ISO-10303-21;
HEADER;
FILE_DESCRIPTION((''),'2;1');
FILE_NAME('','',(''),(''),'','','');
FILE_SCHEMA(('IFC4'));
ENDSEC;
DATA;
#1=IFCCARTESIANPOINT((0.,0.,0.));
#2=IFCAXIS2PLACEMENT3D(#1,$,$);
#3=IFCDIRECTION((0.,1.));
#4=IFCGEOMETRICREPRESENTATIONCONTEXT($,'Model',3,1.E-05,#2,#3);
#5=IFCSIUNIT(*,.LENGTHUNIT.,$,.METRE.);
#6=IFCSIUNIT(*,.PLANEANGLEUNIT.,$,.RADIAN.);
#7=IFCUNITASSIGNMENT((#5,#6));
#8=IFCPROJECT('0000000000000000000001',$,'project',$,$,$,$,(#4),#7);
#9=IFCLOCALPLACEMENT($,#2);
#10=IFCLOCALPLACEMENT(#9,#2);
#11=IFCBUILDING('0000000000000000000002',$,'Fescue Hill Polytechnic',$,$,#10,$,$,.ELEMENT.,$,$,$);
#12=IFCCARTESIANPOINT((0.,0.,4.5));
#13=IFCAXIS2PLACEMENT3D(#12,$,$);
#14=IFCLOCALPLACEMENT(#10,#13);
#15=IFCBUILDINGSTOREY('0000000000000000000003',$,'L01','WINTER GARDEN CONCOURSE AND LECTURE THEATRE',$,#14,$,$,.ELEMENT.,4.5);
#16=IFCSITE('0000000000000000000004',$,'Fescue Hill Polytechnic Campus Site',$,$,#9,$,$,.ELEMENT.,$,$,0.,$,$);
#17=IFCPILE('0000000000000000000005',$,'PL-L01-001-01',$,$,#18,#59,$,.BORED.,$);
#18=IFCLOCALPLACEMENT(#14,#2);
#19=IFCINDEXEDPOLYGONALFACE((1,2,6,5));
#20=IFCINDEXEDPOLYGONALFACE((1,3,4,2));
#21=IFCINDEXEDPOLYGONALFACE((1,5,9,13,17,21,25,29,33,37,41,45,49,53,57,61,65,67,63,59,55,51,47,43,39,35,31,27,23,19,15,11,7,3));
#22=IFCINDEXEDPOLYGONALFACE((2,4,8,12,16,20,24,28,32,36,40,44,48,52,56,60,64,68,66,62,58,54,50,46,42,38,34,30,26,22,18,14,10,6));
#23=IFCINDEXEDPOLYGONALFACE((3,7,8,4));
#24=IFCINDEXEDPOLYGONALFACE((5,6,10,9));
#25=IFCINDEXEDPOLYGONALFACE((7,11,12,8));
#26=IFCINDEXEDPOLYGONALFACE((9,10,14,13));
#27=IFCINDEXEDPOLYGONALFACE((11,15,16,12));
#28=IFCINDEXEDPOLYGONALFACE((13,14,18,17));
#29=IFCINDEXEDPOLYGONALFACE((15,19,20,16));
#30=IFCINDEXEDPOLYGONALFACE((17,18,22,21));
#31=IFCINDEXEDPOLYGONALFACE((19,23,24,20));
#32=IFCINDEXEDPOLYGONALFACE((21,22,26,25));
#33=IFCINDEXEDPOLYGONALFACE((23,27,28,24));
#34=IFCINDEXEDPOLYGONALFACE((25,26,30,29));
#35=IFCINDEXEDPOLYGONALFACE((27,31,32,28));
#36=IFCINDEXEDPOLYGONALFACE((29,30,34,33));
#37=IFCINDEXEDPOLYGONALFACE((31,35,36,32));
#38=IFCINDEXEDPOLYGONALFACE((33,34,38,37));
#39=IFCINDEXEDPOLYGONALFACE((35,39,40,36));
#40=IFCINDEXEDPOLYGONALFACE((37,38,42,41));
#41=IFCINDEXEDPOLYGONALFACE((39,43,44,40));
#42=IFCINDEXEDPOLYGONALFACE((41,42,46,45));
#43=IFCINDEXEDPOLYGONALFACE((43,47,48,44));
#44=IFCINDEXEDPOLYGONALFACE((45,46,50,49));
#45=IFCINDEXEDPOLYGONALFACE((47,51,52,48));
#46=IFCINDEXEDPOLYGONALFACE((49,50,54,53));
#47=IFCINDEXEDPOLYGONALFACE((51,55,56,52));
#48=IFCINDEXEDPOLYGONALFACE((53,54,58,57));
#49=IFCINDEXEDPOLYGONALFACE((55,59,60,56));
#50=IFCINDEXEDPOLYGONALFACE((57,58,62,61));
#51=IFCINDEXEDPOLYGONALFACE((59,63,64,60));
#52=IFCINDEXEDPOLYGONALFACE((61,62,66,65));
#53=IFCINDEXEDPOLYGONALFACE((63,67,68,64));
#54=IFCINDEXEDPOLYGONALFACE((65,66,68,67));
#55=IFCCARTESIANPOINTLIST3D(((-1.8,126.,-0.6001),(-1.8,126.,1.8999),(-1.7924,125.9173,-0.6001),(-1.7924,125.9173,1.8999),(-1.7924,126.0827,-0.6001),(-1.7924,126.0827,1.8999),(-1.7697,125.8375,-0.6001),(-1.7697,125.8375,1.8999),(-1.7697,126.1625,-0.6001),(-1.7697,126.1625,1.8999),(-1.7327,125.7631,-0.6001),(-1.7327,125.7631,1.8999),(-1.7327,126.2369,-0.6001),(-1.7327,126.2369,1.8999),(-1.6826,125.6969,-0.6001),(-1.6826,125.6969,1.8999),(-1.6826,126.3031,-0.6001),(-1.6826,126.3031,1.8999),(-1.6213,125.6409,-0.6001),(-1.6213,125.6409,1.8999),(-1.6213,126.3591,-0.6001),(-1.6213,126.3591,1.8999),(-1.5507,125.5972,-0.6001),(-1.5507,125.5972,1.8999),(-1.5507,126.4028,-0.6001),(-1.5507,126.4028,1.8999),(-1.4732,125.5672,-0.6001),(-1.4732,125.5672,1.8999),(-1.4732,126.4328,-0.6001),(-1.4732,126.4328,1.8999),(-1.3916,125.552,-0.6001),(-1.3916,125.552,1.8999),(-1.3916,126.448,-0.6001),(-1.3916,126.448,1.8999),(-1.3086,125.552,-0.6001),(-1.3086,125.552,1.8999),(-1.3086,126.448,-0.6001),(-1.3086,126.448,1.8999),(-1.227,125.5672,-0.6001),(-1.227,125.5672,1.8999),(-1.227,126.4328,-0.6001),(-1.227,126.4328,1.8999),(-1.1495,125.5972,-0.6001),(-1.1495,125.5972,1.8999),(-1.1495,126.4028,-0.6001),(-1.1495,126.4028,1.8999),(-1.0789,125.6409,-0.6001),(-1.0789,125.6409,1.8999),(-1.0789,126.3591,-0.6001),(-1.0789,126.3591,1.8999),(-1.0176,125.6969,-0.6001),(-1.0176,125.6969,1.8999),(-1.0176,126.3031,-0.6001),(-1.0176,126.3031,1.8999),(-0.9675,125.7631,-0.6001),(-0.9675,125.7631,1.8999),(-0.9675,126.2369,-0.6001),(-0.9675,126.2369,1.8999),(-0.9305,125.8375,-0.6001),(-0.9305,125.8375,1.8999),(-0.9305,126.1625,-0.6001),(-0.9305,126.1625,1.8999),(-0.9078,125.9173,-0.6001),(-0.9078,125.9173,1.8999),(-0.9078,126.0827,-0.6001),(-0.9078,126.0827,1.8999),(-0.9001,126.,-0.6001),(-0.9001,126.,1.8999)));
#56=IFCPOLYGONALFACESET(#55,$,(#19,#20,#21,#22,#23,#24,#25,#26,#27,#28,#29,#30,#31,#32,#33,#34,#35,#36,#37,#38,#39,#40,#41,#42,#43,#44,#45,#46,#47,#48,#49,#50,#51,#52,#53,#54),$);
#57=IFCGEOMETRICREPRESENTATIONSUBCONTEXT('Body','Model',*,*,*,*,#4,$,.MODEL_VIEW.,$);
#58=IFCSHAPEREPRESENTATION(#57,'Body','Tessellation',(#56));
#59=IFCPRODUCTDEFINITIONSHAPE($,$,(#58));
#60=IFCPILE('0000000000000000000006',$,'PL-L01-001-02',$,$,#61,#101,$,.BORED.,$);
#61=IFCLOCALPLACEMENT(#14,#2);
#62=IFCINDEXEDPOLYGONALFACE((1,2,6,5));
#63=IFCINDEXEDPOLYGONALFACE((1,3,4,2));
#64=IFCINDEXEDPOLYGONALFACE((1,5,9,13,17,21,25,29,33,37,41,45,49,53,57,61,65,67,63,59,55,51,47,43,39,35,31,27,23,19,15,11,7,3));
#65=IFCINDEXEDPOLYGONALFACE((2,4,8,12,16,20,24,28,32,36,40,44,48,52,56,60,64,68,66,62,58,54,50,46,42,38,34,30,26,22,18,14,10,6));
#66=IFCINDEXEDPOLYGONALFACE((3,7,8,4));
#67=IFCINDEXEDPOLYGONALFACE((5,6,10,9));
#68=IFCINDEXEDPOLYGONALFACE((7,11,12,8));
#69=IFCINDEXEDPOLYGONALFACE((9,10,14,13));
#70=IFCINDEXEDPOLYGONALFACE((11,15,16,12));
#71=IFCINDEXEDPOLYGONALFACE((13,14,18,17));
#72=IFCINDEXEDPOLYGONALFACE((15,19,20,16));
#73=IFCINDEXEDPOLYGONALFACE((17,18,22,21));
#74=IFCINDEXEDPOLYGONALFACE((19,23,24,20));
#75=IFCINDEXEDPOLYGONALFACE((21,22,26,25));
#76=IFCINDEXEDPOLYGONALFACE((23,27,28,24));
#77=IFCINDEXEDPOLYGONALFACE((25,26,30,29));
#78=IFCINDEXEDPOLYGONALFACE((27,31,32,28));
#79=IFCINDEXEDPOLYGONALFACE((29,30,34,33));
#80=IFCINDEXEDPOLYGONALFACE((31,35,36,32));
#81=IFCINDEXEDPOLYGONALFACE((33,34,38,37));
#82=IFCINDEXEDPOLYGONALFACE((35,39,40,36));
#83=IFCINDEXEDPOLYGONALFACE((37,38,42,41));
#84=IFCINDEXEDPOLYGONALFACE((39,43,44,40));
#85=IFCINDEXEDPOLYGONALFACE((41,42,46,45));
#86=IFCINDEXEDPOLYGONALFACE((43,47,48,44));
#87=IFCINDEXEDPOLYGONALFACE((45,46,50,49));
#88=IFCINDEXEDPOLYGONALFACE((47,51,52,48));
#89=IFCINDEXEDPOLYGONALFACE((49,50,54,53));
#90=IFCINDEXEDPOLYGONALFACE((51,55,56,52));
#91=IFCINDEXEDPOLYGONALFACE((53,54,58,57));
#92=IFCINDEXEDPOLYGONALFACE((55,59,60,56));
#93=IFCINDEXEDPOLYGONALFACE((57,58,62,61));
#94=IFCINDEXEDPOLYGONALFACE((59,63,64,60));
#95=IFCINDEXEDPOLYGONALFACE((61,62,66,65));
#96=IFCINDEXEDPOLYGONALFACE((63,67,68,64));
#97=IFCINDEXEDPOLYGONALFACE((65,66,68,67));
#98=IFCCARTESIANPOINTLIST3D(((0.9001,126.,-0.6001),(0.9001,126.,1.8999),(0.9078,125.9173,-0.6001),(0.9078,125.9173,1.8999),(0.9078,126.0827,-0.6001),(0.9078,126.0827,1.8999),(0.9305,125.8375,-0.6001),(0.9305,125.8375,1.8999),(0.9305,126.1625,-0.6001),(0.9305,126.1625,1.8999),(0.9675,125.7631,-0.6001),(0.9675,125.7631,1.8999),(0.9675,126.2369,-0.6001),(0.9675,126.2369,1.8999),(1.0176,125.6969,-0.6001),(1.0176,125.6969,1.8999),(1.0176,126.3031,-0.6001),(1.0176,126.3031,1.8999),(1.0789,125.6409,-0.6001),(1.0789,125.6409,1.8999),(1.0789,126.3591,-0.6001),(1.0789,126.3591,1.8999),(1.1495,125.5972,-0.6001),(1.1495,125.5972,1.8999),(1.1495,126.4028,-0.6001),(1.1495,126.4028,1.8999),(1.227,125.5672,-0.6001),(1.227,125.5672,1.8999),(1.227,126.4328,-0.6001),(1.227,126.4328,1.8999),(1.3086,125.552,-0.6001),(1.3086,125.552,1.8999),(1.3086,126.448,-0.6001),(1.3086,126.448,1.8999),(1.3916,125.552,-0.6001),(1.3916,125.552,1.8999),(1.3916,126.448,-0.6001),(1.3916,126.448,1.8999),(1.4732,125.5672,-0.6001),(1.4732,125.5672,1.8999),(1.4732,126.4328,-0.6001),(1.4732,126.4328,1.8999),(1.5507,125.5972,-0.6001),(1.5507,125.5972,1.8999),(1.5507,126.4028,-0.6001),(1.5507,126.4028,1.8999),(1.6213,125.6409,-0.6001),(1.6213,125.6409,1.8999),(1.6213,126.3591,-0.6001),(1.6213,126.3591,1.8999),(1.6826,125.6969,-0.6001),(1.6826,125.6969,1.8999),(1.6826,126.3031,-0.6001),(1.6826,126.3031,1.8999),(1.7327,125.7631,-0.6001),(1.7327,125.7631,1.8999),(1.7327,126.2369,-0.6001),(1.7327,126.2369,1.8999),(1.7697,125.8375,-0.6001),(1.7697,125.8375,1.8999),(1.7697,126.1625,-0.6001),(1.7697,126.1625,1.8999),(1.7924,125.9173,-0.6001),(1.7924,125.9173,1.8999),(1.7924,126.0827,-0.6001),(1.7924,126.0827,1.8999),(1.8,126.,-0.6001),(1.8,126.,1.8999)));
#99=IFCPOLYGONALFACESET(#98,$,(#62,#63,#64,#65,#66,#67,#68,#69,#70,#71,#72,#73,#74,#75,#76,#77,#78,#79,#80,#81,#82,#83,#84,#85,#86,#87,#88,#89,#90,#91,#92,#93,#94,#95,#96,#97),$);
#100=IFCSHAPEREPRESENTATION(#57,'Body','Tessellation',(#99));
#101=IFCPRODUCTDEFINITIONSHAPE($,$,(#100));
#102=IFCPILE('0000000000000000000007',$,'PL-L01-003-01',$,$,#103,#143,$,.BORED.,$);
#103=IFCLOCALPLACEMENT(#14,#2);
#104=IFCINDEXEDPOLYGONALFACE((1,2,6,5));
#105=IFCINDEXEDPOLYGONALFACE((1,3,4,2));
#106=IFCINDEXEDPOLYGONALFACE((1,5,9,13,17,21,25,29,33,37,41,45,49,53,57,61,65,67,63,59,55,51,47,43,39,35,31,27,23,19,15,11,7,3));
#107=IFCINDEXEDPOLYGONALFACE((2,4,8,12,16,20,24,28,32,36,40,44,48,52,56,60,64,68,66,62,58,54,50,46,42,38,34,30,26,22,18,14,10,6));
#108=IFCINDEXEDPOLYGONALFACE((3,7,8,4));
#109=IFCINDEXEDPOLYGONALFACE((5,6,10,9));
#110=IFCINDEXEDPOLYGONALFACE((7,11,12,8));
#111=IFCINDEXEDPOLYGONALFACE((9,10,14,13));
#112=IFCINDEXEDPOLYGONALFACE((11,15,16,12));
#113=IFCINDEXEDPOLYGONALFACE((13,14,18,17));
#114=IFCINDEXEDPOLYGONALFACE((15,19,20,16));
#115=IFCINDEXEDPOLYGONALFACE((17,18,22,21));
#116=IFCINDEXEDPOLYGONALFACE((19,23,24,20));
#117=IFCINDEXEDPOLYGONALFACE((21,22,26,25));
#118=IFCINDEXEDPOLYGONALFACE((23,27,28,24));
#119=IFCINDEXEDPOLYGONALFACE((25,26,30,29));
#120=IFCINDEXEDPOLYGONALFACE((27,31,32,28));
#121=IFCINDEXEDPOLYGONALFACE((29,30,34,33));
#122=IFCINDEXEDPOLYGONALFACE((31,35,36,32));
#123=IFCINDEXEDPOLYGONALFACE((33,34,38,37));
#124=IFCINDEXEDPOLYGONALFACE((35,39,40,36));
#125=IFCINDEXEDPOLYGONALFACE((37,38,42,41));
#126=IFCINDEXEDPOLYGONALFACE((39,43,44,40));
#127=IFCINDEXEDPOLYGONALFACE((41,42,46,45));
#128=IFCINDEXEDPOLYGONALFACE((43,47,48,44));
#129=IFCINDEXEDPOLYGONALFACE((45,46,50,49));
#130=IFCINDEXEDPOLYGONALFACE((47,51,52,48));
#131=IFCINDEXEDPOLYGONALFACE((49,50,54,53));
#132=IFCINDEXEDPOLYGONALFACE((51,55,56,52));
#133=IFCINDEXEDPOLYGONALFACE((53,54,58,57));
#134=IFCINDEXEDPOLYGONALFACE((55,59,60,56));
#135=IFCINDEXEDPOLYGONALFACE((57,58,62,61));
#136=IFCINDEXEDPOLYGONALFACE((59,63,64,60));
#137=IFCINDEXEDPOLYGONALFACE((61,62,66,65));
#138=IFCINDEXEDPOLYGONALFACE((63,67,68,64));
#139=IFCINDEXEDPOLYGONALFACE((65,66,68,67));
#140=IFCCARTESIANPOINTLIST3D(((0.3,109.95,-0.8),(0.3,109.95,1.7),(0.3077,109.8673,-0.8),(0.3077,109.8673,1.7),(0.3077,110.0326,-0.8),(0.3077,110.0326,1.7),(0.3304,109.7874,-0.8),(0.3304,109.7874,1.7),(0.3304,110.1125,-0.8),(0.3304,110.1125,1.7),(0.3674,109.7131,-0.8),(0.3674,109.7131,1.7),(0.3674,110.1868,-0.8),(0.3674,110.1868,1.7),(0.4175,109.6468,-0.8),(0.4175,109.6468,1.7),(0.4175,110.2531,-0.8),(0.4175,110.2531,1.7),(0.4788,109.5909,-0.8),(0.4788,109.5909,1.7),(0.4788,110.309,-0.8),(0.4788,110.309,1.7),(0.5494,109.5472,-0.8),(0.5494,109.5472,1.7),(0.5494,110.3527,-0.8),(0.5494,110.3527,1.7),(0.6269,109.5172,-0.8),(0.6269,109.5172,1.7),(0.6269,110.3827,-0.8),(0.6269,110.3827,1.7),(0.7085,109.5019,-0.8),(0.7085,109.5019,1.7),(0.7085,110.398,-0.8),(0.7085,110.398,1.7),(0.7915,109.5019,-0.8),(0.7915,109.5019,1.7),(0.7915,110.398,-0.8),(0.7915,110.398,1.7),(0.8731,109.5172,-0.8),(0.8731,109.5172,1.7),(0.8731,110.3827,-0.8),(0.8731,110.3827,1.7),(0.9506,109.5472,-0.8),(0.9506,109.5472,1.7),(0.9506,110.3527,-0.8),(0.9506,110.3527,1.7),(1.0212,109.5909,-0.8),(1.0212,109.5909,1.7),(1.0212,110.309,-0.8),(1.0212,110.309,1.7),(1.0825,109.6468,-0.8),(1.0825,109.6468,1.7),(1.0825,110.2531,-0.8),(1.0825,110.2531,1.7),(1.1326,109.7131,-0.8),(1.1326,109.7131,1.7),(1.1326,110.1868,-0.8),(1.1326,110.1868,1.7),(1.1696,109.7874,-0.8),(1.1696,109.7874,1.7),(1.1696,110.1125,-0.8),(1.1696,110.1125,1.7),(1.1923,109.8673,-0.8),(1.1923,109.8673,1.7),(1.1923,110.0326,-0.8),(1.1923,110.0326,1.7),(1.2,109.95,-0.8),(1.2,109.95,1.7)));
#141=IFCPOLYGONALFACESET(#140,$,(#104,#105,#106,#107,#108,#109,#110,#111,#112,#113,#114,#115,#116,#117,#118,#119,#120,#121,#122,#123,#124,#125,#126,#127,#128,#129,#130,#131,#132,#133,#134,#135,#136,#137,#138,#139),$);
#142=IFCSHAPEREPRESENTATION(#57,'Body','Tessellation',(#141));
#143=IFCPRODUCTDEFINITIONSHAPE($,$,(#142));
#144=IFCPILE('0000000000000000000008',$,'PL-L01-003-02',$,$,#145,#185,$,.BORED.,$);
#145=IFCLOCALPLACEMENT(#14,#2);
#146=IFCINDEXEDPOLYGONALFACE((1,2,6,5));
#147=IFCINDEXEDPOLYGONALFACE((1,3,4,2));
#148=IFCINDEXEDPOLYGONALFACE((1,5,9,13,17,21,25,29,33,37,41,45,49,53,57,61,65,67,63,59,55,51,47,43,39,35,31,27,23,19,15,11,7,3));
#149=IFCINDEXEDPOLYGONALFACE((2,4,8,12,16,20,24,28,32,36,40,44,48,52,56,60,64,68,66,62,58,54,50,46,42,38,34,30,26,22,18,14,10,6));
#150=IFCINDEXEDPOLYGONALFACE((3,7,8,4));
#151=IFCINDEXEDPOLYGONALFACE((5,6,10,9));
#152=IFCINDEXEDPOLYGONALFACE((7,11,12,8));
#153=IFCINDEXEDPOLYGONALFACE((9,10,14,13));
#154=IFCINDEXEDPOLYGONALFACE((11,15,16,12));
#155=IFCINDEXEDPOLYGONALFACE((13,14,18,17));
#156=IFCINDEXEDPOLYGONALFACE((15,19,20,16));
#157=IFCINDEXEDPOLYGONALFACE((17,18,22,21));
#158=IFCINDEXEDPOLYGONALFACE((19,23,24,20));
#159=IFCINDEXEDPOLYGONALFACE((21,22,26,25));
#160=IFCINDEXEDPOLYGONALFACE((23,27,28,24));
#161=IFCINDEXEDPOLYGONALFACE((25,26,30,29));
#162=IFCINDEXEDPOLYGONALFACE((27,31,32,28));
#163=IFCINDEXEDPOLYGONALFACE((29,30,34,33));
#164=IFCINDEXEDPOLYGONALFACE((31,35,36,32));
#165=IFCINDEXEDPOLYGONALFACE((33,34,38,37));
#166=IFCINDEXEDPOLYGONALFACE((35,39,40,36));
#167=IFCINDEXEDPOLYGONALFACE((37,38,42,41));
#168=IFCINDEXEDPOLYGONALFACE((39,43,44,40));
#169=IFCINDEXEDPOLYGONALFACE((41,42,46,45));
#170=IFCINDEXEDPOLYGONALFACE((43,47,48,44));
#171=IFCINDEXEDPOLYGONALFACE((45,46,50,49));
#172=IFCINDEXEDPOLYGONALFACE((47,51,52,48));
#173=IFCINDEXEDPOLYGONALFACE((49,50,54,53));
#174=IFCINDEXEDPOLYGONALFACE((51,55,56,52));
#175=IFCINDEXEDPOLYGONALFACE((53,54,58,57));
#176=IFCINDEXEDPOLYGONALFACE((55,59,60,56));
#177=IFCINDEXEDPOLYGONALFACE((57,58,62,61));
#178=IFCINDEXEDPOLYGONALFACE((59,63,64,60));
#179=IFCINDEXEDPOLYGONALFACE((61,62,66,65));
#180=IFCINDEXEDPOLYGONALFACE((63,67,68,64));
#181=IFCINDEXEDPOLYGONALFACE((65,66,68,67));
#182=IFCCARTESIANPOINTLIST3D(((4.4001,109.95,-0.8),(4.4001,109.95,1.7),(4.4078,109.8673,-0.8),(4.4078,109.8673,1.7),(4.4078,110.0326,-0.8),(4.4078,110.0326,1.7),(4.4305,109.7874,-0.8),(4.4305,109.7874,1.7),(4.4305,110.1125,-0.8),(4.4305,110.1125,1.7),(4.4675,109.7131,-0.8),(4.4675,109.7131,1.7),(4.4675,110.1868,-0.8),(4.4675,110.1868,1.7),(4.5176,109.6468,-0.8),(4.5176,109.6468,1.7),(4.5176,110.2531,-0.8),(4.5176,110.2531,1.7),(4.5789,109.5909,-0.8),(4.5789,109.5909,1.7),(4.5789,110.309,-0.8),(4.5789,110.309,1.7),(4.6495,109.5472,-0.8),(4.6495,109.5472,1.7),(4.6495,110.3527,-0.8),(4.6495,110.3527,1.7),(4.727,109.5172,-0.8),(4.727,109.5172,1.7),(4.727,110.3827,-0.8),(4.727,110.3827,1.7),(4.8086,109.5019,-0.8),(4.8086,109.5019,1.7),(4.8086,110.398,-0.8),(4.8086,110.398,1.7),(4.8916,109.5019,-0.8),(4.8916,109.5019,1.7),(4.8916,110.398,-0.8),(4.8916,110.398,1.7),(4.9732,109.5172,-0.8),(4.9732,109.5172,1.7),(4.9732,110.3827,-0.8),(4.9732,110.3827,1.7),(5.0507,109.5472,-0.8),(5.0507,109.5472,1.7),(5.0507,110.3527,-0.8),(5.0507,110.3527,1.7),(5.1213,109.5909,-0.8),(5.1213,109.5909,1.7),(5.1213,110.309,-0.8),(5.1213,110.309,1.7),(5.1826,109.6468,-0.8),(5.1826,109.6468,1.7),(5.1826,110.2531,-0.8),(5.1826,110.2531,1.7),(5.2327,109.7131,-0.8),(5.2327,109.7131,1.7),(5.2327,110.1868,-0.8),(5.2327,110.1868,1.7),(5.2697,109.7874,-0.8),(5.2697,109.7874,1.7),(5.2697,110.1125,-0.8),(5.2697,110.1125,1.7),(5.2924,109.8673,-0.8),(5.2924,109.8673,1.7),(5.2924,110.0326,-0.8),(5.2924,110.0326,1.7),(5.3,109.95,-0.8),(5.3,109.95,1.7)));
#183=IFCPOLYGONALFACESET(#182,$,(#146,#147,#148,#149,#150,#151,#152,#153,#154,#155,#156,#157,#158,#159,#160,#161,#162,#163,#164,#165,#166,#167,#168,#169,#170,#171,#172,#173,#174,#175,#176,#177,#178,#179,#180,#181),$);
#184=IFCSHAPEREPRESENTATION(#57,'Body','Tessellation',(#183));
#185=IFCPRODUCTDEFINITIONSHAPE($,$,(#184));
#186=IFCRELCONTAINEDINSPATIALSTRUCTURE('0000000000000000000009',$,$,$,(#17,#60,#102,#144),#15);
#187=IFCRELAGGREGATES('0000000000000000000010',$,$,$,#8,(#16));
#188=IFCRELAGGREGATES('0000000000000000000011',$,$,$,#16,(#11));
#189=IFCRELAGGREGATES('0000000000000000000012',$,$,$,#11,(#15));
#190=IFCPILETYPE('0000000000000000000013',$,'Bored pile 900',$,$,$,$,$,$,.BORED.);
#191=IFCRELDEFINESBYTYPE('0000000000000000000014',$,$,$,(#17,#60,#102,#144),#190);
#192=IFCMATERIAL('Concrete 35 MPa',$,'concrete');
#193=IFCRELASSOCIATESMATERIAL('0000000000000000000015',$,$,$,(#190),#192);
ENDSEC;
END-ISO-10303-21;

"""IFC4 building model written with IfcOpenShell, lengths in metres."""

from ifc_helpers import new_model, si_unit, direction, frame, origin, origin_2d, place, context, subcontext, project, spatial, circle, extrude, material, material_profile, profile_set, type_object, element, save


model = new_model("IFC4")

# Units and contexts
model_context = context("Model", 3, precision=1e-05, world=origin(), true_north=direction((0.0, 1.0)))
body_context = subcontext(model_context, "Body", "Model", "MODEL_VIEW")
ifc_project = project(units=[si_unit("LENGTHUNIT", "METRE"), si_unit("PLANEANGLEUNIT", "RADIAN")], contexts=[model_context])

# Site, building, storey
site_placement = place(None, origin())
site = spatial("IfcSite", under=ifc_project, at=site_placement, Name="Fescue Hill Polytechnic Campus Site", CompositionType="ELEMENT", RefElevation=0.0)
building_placement = place(site_placement, origin())
building = spatial("IfcBuilding", under=site, at=building_placement, Name="Fescue Hill Polytechnic", CompositionType="ELEMENT")
storey_placement = place(building_placement, frame((0.0, 0.0, 4.5)))
storey = spatial("IfcBuildingStorey", under=building, at=storey_placement, Name="L01", Description="WINTER GARDEN CONCOURSE AND LECTURE THEATRE", CompositionType="ELEMENT", Elevation=4.5)

# Piles
ifc_material_1 = material(Name="Concrete 35 MPa", Category="concrete")
ifc_material_profile_1 = material_profile(ifc_material_1, circle(Radius=0.45, at=origin_2d()), Name="Bored pile 900")
ifc_profile_set_1 = profile_set([ifc_material_profile_1], Name="Concrete 35 MPa")
pile_type = type_object("IfcPileType", Name="Bored pile 900", PredefinedType="BORED", material=ifc_profile_set_1)
for number, where, z_axis, x_axis, name in (
    (1, (-1.3501, 126.0, 1.8999), (0.0, 0.0, -1.0), (1.0, 0.0, 0.0), "PL-L01-001-01"),
    (2, (1.3501, 126.0, 1.8999), (0.0, 0.0, -1.0), (1.0, 0.0, 0.0), "PL-L01-001-02"),
    (3, (0.75, 109.95, 1.7), (0.0, 0.0, -1.0), (1.0, 0.0, 0.0), "PL-L01-003-01"),
    (4, (4.8501, 109.95, 1.7), (0.0, 0.0, -1.0), (1.0, 0.0, 0.0), "PL-L01-003-02"),
):
    element("IfcPile", number, at=place(storey_placement, frame(where, z_axis=z_axis, x_axis=x_axis)), inside=storey, type_object=pile_type, Name=name, PredefinedType="BORED", context=body_context, shape_type="SweptSolid", body=[
        extrude(circle(Radius=0.45, at=origin_2d()), origin(), (0.0, 0.0, 1.0), 2.5),
    ])

save(model, "model.ifc")
